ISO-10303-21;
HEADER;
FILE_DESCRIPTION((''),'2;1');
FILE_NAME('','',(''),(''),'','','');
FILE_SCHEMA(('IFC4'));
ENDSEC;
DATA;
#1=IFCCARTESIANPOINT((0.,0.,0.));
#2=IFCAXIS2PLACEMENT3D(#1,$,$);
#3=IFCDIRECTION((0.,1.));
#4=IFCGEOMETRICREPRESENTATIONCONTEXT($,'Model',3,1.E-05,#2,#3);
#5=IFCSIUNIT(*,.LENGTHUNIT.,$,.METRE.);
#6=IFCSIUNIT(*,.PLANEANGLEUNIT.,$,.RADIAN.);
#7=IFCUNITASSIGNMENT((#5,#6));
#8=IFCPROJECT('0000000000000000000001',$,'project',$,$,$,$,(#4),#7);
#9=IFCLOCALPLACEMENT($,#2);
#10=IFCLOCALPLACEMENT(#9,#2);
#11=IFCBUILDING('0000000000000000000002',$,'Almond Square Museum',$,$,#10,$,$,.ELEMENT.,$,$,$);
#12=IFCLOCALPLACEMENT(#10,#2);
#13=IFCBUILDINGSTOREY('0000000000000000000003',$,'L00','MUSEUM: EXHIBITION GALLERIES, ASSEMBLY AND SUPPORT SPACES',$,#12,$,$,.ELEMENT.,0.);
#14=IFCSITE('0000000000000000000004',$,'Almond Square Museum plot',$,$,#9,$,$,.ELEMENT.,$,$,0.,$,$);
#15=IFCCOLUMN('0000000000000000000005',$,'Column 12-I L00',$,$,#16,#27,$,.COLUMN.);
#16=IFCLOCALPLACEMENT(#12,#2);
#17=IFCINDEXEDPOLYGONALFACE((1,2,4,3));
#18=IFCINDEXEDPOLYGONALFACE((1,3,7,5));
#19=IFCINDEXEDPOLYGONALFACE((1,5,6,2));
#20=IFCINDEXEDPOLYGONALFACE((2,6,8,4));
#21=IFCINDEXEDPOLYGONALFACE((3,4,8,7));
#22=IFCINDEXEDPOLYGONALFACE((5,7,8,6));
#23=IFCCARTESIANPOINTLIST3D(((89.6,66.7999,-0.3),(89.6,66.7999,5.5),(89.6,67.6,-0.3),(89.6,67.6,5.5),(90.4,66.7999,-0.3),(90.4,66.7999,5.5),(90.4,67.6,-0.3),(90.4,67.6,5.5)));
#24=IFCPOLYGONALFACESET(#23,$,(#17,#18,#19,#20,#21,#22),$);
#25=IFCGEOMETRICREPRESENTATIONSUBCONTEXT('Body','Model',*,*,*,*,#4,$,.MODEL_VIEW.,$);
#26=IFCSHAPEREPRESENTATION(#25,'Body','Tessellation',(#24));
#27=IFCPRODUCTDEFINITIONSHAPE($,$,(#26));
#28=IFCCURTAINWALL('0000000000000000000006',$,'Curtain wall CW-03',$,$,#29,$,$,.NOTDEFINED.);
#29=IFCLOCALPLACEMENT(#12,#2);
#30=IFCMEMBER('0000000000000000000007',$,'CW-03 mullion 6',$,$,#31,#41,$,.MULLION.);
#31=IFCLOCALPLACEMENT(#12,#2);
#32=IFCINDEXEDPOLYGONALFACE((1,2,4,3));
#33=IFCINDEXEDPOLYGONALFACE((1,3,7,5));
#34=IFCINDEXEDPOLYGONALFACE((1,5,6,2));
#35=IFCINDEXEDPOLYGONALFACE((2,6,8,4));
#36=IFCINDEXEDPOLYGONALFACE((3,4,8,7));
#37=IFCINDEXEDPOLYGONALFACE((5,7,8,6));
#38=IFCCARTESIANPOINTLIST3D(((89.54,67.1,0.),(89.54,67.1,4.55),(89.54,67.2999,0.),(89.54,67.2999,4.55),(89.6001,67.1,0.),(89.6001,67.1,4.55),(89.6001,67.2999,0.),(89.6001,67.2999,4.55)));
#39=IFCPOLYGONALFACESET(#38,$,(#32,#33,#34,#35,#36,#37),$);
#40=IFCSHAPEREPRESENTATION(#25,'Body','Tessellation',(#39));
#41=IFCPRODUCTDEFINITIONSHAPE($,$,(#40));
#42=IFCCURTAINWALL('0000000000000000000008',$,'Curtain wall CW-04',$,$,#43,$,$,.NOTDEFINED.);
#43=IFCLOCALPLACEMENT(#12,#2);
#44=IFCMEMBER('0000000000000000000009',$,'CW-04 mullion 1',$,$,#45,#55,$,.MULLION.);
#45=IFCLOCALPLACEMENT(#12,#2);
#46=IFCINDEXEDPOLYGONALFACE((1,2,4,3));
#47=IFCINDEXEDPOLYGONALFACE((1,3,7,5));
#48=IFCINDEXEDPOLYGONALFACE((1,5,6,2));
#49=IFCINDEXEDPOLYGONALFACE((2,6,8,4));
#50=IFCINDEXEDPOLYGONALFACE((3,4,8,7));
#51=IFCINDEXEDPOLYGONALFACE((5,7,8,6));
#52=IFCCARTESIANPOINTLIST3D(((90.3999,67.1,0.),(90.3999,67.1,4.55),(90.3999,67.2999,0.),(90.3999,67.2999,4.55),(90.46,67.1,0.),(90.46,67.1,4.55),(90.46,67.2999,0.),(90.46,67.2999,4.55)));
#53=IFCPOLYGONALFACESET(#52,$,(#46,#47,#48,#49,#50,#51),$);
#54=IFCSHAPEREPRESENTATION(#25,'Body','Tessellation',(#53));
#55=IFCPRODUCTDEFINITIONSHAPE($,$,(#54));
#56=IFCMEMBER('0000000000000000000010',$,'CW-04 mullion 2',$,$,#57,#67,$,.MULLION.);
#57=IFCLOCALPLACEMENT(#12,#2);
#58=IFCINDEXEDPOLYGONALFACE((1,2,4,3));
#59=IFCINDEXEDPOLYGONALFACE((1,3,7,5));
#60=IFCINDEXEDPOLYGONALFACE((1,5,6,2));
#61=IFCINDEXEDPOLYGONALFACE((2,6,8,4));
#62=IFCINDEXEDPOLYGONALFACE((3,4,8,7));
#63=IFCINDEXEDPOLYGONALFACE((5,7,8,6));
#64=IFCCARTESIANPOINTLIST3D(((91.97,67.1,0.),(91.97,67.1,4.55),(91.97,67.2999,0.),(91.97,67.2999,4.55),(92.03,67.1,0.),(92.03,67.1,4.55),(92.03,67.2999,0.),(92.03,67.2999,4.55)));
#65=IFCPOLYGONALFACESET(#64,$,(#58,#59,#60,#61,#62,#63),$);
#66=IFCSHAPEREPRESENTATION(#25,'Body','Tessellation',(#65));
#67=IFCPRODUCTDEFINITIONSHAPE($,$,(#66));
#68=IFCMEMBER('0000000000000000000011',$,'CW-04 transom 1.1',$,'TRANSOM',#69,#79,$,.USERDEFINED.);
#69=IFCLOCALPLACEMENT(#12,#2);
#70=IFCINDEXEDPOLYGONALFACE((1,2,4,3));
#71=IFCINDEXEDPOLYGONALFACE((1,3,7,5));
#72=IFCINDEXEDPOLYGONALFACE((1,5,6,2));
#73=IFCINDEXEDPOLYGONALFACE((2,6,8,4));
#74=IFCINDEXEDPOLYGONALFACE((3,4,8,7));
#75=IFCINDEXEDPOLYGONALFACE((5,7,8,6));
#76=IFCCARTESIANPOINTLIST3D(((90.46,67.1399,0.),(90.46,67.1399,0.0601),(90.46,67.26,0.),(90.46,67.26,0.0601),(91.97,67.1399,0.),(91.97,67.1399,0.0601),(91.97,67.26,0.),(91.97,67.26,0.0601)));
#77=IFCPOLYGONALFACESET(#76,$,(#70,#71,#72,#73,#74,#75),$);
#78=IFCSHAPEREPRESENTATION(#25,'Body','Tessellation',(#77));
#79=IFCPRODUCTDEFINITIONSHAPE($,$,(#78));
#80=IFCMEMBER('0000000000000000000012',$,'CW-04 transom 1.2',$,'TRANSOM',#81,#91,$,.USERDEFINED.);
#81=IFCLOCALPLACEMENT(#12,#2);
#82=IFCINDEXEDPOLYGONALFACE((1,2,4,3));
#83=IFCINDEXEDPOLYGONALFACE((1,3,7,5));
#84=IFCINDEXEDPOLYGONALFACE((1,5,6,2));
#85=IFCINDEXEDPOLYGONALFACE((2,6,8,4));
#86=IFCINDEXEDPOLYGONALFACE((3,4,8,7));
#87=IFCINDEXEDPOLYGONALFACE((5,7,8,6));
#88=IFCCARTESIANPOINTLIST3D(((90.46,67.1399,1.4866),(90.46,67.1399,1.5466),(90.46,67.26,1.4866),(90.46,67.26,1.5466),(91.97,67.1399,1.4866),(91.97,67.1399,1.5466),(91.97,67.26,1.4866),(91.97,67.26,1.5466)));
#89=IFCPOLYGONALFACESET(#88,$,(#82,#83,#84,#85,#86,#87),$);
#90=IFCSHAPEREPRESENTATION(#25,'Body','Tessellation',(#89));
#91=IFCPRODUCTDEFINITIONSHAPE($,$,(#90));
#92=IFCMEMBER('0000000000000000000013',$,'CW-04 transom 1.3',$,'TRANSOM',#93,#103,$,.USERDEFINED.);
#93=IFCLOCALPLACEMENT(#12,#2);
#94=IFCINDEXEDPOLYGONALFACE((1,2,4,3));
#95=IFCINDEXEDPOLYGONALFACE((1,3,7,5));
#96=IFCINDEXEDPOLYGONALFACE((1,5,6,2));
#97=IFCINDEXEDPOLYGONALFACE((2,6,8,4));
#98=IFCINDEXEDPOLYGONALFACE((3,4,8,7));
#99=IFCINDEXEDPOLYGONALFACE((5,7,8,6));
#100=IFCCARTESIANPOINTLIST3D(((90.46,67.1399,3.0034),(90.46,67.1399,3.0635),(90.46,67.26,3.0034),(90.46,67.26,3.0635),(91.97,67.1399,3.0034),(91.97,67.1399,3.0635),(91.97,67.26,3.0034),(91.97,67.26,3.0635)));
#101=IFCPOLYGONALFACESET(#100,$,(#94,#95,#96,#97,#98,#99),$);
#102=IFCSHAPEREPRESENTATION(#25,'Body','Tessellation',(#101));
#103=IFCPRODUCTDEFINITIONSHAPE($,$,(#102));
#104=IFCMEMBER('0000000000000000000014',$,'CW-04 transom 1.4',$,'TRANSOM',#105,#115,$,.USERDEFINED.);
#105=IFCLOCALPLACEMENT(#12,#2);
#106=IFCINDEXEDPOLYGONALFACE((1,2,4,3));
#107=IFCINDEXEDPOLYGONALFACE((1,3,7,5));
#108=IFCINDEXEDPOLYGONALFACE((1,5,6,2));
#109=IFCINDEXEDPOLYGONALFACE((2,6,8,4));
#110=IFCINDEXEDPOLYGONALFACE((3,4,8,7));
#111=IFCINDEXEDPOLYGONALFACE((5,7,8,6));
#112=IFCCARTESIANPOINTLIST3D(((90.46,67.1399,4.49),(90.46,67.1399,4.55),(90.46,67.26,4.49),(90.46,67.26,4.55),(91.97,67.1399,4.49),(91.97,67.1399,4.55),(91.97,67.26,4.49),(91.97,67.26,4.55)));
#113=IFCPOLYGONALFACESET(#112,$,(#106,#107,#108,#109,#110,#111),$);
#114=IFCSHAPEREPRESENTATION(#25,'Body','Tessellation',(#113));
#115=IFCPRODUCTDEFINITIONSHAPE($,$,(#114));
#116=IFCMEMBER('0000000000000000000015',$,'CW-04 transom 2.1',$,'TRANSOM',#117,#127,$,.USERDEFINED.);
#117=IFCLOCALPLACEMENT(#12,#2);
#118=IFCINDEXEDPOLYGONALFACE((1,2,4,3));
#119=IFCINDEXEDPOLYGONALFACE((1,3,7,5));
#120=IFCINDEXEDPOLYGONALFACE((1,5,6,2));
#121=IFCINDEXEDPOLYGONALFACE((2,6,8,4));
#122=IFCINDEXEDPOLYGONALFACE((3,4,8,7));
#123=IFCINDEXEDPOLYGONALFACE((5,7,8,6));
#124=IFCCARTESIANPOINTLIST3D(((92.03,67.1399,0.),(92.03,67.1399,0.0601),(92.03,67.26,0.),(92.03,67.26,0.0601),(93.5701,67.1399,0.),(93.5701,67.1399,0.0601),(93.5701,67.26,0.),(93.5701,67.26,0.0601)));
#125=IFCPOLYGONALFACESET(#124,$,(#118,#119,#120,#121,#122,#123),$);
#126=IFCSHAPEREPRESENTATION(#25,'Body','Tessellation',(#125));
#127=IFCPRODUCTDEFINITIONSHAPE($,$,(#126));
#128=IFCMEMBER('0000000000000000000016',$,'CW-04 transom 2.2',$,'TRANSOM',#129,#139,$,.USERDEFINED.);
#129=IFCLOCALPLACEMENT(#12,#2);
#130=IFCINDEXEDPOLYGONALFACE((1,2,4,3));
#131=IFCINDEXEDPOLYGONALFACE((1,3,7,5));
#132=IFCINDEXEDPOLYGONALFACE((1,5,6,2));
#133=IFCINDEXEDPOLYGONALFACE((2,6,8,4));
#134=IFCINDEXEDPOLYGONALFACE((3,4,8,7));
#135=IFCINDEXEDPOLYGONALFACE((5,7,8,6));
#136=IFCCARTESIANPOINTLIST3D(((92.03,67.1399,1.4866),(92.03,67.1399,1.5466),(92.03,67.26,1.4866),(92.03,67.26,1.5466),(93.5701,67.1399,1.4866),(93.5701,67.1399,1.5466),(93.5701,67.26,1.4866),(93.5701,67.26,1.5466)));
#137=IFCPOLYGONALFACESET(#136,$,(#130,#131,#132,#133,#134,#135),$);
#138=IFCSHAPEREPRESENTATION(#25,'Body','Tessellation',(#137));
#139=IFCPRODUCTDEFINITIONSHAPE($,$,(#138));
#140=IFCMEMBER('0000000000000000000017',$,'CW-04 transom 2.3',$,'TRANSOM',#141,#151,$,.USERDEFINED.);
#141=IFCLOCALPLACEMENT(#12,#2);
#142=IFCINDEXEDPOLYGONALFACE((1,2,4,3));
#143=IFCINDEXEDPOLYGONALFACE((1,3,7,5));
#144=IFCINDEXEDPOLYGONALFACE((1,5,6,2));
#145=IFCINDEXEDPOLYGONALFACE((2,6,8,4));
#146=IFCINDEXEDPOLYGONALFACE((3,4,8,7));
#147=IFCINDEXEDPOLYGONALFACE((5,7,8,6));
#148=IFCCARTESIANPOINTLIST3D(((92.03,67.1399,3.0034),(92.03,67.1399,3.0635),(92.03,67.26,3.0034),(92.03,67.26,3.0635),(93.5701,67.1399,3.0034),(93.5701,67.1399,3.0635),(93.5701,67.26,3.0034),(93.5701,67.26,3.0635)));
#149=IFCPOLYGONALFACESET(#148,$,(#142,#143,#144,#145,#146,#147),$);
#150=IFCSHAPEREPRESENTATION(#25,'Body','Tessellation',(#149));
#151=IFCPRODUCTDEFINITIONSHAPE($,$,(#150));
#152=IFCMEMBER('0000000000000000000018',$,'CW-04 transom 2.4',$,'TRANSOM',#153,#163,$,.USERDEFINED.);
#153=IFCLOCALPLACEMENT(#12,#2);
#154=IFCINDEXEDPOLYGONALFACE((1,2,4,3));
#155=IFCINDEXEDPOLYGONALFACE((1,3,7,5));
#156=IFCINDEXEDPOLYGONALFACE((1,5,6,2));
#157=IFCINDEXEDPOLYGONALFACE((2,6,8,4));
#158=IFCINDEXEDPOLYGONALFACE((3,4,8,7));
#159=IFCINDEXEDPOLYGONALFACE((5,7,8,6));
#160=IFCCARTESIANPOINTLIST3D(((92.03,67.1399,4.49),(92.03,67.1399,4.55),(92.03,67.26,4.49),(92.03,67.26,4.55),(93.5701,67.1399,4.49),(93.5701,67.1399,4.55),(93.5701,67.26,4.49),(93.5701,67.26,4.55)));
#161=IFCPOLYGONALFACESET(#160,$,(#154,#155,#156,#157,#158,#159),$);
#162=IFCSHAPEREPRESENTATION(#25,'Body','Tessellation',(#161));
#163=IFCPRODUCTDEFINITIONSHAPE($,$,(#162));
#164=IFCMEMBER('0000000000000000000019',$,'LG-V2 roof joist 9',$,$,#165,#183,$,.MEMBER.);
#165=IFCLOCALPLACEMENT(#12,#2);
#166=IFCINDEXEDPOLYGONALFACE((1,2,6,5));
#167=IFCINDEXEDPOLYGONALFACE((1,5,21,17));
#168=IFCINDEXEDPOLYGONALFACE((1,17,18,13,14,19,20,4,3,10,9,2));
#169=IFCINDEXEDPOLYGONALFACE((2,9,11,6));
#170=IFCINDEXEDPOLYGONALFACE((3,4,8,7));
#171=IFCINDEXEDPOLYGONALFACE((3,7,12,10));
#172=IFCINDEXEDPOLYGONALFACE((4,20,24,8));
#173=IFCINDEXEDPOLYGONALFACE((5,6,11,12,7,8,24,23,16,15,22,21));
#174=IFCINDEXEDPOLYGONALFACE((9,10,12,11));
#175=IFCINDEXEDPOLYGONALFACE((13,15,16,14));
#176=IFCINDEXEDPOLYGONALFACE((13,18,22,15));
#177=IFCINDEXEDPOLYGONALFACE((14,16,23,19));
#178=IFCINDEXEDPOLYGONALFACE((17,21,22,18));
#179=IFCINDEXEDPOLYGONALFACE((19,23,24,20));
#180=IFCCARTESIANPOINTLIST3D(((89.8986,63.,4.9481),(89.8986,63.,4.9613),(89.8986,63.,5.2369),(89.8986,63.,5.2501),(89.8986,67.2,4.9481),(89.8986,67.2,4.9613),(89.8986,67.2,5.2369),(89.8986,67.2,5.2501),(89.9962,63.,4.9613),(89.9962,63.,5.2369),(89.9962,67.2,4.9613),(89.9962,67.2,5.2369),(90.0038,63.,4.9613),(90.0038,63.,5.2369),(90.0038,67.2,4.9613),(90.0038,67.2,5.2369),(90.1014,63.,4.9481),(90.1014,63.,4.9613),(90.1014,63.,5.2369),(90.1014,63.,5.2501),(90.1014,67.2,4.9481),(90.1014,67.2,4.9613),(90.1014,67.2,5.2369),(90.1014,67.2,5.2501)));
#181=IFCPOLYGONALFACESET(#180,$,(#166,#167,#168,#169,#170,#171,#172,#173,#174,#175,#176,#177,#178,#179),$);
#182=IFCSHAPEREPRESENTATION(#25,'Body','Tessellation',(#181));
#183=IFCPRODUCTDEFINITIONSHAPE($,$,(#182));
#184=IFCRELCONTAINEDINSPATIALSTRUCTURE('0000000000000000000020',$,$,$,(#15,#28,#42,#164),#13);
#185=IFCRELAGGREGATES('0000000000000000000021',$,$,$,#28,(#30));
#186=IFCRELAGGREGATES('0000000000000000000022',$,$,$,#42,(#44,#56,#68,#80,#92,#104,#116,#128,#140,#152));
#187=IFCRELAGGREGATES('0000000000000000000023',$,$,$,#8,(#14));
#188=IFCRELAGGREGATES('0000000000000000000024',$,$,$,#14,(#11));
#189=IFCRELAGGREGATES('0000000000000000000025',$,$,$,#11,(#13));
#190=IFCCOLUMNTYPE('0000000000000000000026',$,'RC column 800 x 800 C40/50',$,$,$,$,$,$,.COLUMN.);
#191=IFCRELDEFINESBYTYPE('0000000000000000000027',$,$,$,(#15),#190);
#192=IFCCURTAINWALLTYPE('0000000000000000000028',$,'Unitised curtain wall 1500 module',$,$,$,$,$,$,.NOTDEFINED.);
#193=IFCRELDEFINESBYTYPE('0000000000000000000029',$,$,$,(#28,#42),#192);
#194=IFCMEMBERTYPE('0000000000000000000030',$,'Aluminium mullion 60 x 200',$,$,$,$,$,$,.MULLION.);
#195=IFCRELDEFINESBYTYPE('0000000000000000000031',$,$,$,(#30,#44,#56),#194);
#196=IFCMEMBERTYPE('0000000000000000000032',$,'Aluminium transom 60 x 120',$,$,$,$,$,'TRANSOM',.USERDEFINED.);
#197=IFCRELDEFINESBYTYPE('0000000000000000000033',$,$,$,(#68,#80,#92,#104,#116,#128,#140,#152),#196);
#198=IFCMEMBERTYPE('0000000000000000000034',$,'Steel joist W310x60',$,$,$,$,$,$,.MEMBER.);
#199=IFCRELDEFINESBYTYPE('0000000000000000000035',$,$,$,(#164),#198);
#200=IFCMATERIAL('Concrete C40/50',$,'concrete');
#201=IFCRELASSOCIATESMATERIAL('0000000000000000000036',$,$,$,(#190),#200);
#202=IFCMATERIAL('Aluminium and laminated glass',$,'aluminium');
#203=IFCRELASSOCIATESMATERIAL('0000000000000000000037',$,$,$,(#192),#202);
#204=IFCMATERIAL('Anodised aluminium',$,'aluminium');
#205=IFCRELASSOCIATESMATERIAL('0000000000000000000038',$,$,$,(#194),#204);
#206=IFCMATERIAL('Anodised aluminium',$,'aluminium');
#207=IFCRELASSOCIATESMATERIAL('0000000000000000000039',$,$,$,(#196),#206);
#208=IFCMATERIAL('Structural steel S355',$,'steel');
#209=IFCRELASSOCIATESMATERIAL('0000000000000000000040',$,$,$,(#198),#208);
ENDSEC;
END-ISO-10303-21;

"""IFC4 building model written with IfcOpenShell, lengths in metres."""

from ifc_helpers import new_model, si_unit, direction, frame, origin, origin_2d, place, context, subcontext, project, spatial, rectangle, i_section, extrude, material, material_profile, profile_set, type_object, element, aggregate, save


model = new_model("IFC4")

# Units and contexts
model_context = context("Model", 3, precision=1e-05, world=origin(), true_north=direction((0.0, 1.0)))
body_context = subcontext(model_context, "Body", "Model", "MODEL_VIEW")
ifc_project = project(units=[si_unit("LENGTHUNIT", "METRE"), si_unit("PLANEANGLEUNIT", "RADIAN")], contexts=[model_context])

# Site, building, storey
site_placement = place(None, origin())
site = spatial("IfcSite", under=ifc_project, at=site_placement, Name="Almond Square Museum plot", CompositionType="ELEMENT", RefElevation=0.0)
building_placement = place(site_placement, origin())
building = spatial("IfcBuilding", under=site, at=building_placement, Name="Almond Square Museum", CompositionType="ELEMENT")
storey_placement = place(building_placement, origin())
storey = spatial("IfcBuildingStorey", under=building, at=storey_placement, Name="L00", Description="MUSEUM: EXHIBITION GALLERIES, ASSEMBLY AND SUPPORT SPACES", CompositionType="ELEMENT", Elevation=0.0)

# Column
ifc_material_1 = material(Name="Concrete C40/50", Category="concrete")
ifc_material_profile_1 = material_profile(ifc_material_1, rectangle(XDim=0.8, YDim=0.8, at=origin_2d()))
ifc_profile_set_1 = profile_set([ifc_material_profile_1], Name="Concrete C40/50")
column_type = type_object("IfcColumnType", Name="RC column 800 x 800 C40/50", PredefinedType="COLUMN", material=ifc_profile_set_1)
column_placement = place(storey_placement, frame((90.0, 67.2, -0.3), z_axis=(0.0, 0.0, 1.0), x_axis=(1.0, 0.0, 0.0)))
element("IfcColumn", 1, at=column_placement, inside=storey, type_object=column_type, Name="Column 12-I L00", PredefinedType="COLUMN", context=body_context, shape_type="SweptSolid", body=[
    extrude(rectangle(XDim=0.8, YDim=0.8, at=origin_2d()), origin(), (0.0, 0.0, 1.0), 5.8),
])

# Curtain wall, member
ifc_material_2 = material(Name="Aluminium and laminated glass", Category="aluminium")
curtain_wall_type = type_object("IfcCurtainWallType", Name="Unitised curtain wall 1500 module", PredefinedType="NOTDEFINED", material=ifc_material_2)
curtain_wall_1_placement = place(storey_placement, origin())
curtain_wall_1 = element("IfcCurtainWall", 2, at=curtain_wall_1_placement, inside=storey, type_object=curtain_wall_type, Name="Curtain wall CW-03", PredefinedType="NOTDEFINED")
ifc_material_3 = material(Name="Anodised aluminium", Category="aluminium")
ifc_material_profile_2 = material_profile(ifc_material_3, rectangle(XDim=0.2, YDim=0.0601, at=origin_2d()))
ifc_profile_set_2 = profile_set([ifc_material_profile_2], Name="Anodised aluminium")
member_type_1 = type_object("IfcMemberType", Name="Aluminium mullion 60 x 200", PredefinedType="MULLION", material=ifc_profile_set_2)
member_1_placement = place(storey_placement, frame((89.5701, 67.2, 0.0), z_axis=(0.0, 0.0, 1.0), x_axis=(0.0, 1.0, 0.0)))
member_1 = element("IfcMember", 3, at=member_1_placement, type_object=member_type_1, Name="CW-03 mullion 6", PredefinedType="MULLION", context=body_context, shape_type="SweptSolid", body=[
    extrude(rectangle(XDim=0.2, YDim=0.0601, at=origin_2d()), origin(), (0.0, 0.0, 1.0), 4.55),
])

# Curtain wall, members
curtain_wall_2_placement = place(storey_placement, origin())
curtain_wall_2 = element("IfcCurtainWall", 4, at=curtain_wall_2_placement, inside=storey, type_object=curtain_wall_type, Name="Curtain wall CW-04", PredefinedType="NOTDEFINED")
member_2_placement = place(storey_placement, frame((90.4299, 67.2, 0.0), z_axis=(0.0, 0.0, 1.0), x_axis=(0.0, 1.0, 0.0)))
member_2 = element("IfcMember", 5, at=member_2_placement, type_object=member_type_1, Name="CW-04 mullion 1", PredefinedType="MULLION", context=body_context, shape_type="SweptSolid", body=[
    extrude(rectangle(XDim=0.2, YDim=0.0601, at=origin_2d()), origin(), (0.0, 0.0, 1.0), 4.55),
])
member_3_placement = place(storey_placement, frame((92.0, 67.2, 0.0), z_axis=(0.0, 0.0, 1.0), x_axis=(0.0, 1.0, 0.0)))
member_3 = element("IfcMember", 6, at=member_3_placement, type_object=member_type_1, Name="CW-04 mullion 2", PredefinedType="MULLION", context=body_context, shape_type="SweptSolid", body=[
    extrude(rectangle(XDim=0.2, YDim=0.0601, at=origin_2d()), origin(), (0.0, 0.0, 1.0), 4.55),
])
ifc_material_4 = material(Name="Anodised aluminium", Category="aluminium")
ifc_material_profile_3 = material_profile(ifc_material_4, rectangle(XDim=0.1201, YDim=0.0601, at=origin_2d()))
ifc_profile_set_3 = profile_set([ifc_material_profile_3], Name="Anodised aluminium")
member_type_2 = type_object("IfcMemberType", Name="Aluminium transom 60 x 120", ElementType="TRANSOM", PredefinedType="USERDEFINED", material=ifc_profile_set_3)
member_4_placement = place(storey_placement, frame((90.46, 67.2, 0.03), z_axis=(1.0, 0.0, 0.0), x_axis=(0.0, 1.0, 0.0)))
member_4 = element("IfcMember", 7, at=member_4_placement, type_object=member_type_2, Name="CW-04 transom 1.1", ObjectType="TRANSOM", PredefinedType="USERDEFINED", context=body_context, shape_type="SweptSolid", body=[
    extrude(rectangle(XDim=0.1201, YDim=0.0601, at=origin_2d()), origin(), (0.0, 0.0, 1.0), 1.51),
])
member_5_placement = place(storey_placement, frame((90.46, 67.2, 1.5166), z_axis=(1.0, 0.0, 0.0), x_axis=(0.0, 1.0, 0.0)))
member_5 = element("IfcMember", 8, at=member_5_placement, type_object=member_type_2, Name="CW-04 transom 1.2", ObjectType="TRANSOM", PredefinedType="USERDEFINED", context=body_context, shape_type="SweptSolid", body=[
    extrude(rectangle(XDim=0.1201, YDim=0.0601, at=origin_2d()), origin(), (0.0, 0.0, 1.0), 1.51),
])
member_6_placement = place(storey_placement, frame((90.46, 67.2, 3.0334), z_axis=(1.0, 0.0, 0.0), x_axis=(0.0, 1.0, 0.0)))
member_6 = element("IfcMember", 9, at=member_6_placement, type_object=member_type_2, Name="CW-04 transom 1.3", ObjectType="TRANSOM", PredefinedType="USERDEFINED", context=body_context, shape_type="SweptSolid", body=[
    extrude(rectangle(XDim=0.1201, YDim=0.0601, at=origin_2d()), origin(), (0.0, 0.0, 1.0), 1.51),
])
member_7_placement = place(storey_placement, frame((90.46, 67.2, 4.52), z_axis=(1.0, 0.0, 0.0), x_axis=(0.0, 1.0, 0.0)))
member_7 = element("IfcMember", 10, at=member_7_placement, type_object=member_type_2, Name="CW-04 transom 1.4", ObjectType="TRANSOM", PredefinedType="USERDEFINED", context=body_context, shape_type="SweptSolid", body=[
    extrude(rectangle(XDim=0.1201, YDim=0.0601, at=origin_2d()), origin(), (0.0, 0.0, 1.0), 1.51),
])
member_8_placement = place(storey_placement, frame((92.03, 67.2, 0.03), z_axis=(1.0, 0.0, 0.0), x_axis=(0.0, 1.0, 0.0)))
member_8 = element("IfcMember", 11, at=member_8_placement, type_object=member_type_2, Name="CW-04 transom 2.1", ObjectType="TRANSOM", PredefinedType="USERDEFINED", context=body_context, shape_type="SweptSolid", body=[
    extrude(rectangle(XDim=0.1201, YDim=0.0601, at=origin_2d()), origin(), (0.0, 0.0, 1.0), 1.54),
])
member_9_placement = place(storey_placement, frame((92.03, 67.2, 1.5166), z_axis=(1.0, 0.0, 0.0), x_axis=(0.0, 1.0, 0.0)))
member_9 = element("IfcMember", 12, at=member_9_placement, type_object=member_type_2, Name="CW-04 transom 2.2", ObjectType="TRANSOM", PredefinedType="USERDEFINED", context=body_context, shape_type="SweptSolid", body=[
    extrude(rectangle(XDim=0.1201, YDim=0.0601, at=origin_2d()), origin(), (0.0, 0.0, 1.0), 1.54),
])
member_10_placement = place(storey_placement, frame((92.03, 67.2, 3.0334), z_axis=(1.0, 0.0, 0.0), x_axis=(0.0, 1.0, 0.0)))
member_10 = element("IfcMember", 13, at=member_10_placement, type_object=member_type_2, Name="CW-04 transom 2.3", ObjectType="TRANSOM", PredefinedType="USERDEFINED", context=body_context, shape_type="SweptSolid", body=[
    extrude(rectangle(XDim=0.1201, YDim=0.0601, at=origin_2d()), origin(), (0.0, 0.0, 1.0), 1.54),
])
member_11_placement = place(storey_placement, frame((92.03, 67.2, 4.52), z_axis=(1.0, 0.0, 0.0), x_axis=(0.0, 1.0, 0.0)))
member_11 = element("IfcMember", 14, at=member_11_placement, type_object=member_type_2, Name="CW-04 transom 2.4", ObjectType="TRANSOM", PredefinedType="USERDEFINED", context=body_context, shape_type="SweptSolid", body=[
    extrude(rectangle(XDim=0.1201, YDim=0.0601, at=origin_2d()), origin(), (0.0, 0.0, 1.0), 1.54),
])

# Member
ifc_material_5 = material(Name="Structural steel S355", Category="steel")
ifc_material_profile_4 = material_profile(ifc_material_5, i_section(OverallWidth=0.2029, OverallDepth=0.302, WebThickness=0.0076, FlangeThickness=0.0132, at=origin_2d()))
ifc_profile_set_4 = profile_set([ifc_material_profile_4], Name="Structural steel S355")
member_type_3 = type_object("IfcMemberType", Name="Steel joist W310x60", PredefinedType="MEMBER", material=ifc_profile_set_4)
for number, where, z_axis, x_axis, name in (
    (15, (90.0, 67.2, 5.0991), (0.0, -1.0, 0.0), (1.0, 0.0, 0.0), "LG-V2 roof joist 9"),
):
    element("IfcMember", number, at=place(storey_placement, frame(where, z_axis=z_axis, x_axis=x_axis)), inside=storey, type_object=member_type_3, Name=name, PredefinedType="MEMBER", context=body_context, shape_type="SweptSolid", body=[
        extrude(i_section(OverallWidth=0.2029, OverallDepth=0.302, WebThickness=0.0076, FlangeThickness=0.0132, at=origin_2d()), origin(), (0.0, 0.0, 1.0), 4.2),
    ])

aggregate(curtain_wall_1, [member_1])
aggregate(curtain_wall_2, [member_2, member_3, member_4, member_5, member_6, member_7, member_8, member_9, member_10, member_11])

save(model, "model.ifc")
